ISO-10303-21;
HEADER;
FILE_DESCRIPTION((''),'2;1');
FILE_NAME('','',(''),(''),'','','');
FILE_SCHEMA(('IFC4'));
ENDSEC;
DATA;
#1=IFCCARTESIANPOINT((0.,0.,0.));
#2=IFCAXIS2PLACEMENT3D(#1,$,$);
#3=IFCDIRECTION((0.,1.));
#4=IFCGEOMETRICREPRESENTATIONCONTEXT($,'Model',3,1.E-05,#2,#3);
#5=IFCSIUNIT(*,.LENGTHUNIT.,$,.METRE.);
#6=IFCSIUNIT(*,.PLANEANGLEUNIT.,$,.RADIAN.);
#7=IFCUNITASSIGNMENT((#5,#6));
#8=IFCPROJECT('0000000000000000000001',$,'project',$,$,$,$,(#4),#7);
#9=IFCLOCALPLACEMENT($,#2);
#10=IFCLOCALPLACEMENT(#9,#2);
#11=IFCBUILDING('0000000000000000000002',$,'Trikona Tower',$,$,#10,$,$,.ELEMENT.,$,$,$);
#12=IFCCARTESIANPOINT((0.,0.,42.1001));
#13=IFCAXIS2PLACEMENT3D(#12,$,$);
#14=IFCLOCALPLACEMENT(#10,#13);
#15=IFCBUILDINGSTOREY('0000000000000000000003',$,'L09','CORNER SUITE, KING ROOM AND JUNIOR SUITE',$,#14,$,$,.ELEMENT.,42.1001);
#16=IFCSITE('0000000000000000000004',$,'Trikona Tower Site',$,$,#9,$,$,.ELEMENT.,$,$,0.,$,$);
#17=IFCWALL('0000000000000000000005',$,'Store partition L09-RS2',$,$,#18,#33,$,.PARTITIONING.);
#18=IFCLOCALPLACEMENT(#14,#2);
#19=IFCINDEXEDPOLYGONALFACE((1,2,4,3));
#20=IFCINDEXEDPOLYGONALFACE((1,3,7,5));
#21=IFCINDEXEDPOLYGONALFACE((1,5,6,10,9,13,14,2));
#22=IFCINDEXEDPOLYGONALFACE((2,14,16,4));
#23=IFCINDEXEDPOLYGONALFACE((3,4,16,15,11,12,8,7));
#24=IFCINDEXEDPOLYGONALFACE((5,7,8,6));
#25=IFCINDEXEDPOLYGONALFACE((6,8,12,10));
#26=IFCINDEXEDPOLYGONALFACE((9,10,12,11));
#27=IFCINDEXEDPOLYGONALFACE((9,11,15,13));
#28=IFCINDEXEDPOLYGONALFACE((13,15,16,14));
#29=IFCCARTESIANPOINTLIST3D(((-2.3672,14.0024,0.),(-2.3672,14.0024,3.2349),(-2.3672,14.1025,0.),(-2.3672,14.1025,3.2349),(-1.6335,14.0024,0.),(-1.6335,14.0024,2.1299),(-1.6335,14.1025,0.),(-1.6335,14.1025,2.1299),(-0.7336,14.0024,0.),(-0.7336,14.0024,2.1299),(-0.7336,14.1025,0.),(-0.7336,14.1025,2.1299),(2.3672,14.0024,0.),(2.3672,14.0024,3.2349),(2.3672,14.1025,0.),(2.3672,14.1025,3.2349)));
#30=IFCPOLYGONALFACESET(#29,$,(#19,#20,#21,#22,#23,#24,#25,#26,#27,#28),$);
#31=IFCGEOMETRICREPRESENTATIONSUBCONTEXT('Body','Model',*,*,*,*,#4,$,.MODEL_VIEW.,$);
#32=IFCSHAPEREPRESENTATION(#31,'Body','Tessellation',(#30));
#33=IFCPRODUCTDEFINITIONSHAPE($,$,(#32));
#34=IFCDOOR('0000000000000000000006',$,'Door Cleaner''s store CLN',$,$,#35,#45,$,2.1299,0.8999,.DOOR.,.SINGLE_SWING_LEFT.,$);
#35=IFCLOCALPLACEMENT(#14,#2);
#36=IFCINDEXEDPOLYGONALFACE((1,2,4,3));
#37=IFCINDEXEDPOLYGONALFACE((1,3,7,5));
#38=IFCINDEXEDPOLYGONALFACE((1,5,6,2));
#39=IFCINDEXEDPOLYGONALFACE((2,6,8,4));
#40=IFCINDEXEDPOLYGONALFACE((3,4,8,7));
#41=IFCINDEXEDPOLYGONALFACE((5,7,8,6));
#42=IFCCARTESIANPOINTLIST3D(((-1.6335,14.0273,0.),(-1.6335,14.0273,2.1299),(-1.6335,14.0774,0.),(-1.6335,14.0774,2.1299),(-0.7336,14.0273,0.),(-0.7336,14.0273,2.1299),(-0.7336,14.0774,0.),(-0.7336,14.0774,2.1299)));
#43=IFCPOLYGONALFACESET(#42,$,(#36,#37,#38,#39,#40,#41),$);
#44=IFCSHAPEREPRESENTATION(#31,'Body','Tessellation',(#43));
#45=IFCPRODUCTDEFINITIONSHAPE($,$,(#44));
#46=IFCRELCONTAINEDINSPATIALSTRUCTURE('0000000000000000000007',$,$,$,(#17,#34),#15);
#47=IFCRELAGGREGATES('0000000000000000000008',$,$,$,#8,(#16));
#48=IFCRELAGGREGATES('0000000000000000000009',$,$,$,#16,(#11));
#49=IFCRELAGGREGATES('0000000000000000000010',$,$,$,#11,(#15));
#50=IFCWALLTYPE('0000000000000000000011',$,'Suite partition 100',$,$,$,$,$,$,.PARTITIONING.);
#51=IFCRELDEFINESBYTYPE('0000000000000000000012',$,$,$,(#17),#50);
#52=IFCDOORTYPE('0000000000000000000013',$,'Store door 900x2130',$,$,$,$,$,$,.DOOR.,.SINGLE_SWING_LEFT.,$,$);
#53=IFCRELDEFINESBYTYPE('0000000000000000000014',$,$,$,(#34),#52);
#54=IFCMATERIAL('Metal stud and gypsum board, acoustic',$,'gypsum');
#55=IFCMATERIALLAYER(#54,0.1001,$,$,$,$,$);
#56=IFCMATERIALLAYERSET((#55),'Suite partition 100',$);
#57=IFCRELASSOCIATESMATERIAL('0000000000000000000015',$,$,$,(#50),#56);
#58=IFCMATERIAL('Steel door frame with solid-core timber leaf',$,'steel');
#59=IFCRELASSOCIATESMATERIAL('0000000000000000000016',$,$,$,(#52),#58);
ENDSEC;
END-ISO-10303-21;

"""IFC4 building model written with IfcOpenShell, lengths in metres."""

from ifc_helpers import new_model, si_unit, direction, frame, frame_2d, origin, place, context, subcontext, project, spatial, rectangle, extrude, material, layer, layer_set, type_object, element, fill, save


model = new_model("IFC4")

# Units and contexts
model_context = context("Model", 3, precision=1e-05, world=origin(), true_north=direction((0.0, 1.0)))
body_context = subcontext(model_context, "Body", "Model", "MODEL_VIEW")
ifc_project = project(units=[si_unit("LENGTHUNIT", "METRE"), si_unit("PLANEANGLEUNIT", "RADIAN")], contexts=[model_context])

# Site, building, storey
site_placement = place(None, origin())
site = spatial("IfcSite", under=ifc_project, at=site_placement, Name="Trikona Tower Site", CompositionType="ELEMENT", RefElevation=0.0)
building_placement = place(site_placement, origin())
building = spatial("IfcBuilding", under=site, at=building_placement, Name="Trikona Tower", CompositionType="ELEMENT")
storey_placement = place(building_placement, frame((0.0, 0.0, 42.1001)))
storey = spatial("IfcBuildingStorey", under=building, at=storey_placement, Name="L09", Description="CORNER SUITE, KING ROOM AND JUNIOR SUITE", CompositionType="ELEMENT", Elevation=42.1001)

# Wall, opening, door
ifc_material_1 = material(Name="Metal stud and gypsum board, acoustic", Category="gypsum")
ifc_layer_1 = layer(ifc_material_1, 0.1001)
ifc_layer_set_1 = layer_set([ifc_layer_1], Name="Suite partition 100")
wall_type_1 = type_object("IfcWallType", Name="Suite partition 100", PredefinedType="PARTITIONING", material=ifc_layer_set_1)
wall_1_placement = place(storey_placement, frame((-2.3672, 14.0525, 0.0), z_axis=(0.0, 0.0, 1.0), x_axis=(1.0, 0.0, 0.0)))
wall_1 = element("IfcWall", 1, at=wall_1_placement, inside=storey, type_object=wall_type_1, Name="Store partition L09-RS2", PredefinedType="PARTITIONING", context=body_context, shape_type="SweptSolid", body=[
    extrude(rectangle(XDim=4.7344, YDim=0.1001, at=frame_2d((2.3672, 0.0))), origin(), (0.0, 0.0, 1.0), 3.2349),
])
opening_1_placement = place(wall_1_placement, frame((0.7336, 0.0, 0.0)))
opening_1 = element("IfcOpeningElement", 2, at=opening_1_placement, cuts=wall_1, PredefinedType="OPENING", context=body_context, shape_type="SweptSolid", body=[
    extrude(rectangle(XDim=0.8999, YDim=2.1299, at=frame_2d((0.45, 1.0649))), frame((0.0, 0.0601, 0.0), z_axis=(0.0, -1.0, 0.0), x_axis=(1.0, 0.0, 0.0)), (0.0, 0.0, 1.0), 0.1201),
])
ifc_material_2 = material(Name="Steel door frame with solid-core timber leaf", Category="steel")
door_type_1 = type_object("IfcDoorType", Name="Store door 900x2130", OperationType="SINGLE_SWING_LEFT", PredefinedType="DOOR", material=ifc_material_2)
door_1_placement = place(opening_1_placement, origin())
door_1 = element("IfcDoor", 3, at=door_1_placement, inside=storey, type_object=door_type_1, Name="Door Cleaner's store CLN", OperationType="SINGLE_SWING_LEFT", OverallHeight=2.1299, OverallWidth=0.8999, PredefinedType="DOOR", context=body_context, shape_type="SweptSolid", body=[
    extrude(rectangle(XDim=0.8999, YDim=2.1299, at=frame_2d((0.45, 1.0649))), frame((0.0, 0.0249, 0.0), z_axis=(0.0, -1.0, 0.0), x_axis=(1.0, 0.0, 0.0)), (0.0, 0.0, 1.0), 0.05),
])
fill(opening_1, door_1)

save(model, "model.ifc")
